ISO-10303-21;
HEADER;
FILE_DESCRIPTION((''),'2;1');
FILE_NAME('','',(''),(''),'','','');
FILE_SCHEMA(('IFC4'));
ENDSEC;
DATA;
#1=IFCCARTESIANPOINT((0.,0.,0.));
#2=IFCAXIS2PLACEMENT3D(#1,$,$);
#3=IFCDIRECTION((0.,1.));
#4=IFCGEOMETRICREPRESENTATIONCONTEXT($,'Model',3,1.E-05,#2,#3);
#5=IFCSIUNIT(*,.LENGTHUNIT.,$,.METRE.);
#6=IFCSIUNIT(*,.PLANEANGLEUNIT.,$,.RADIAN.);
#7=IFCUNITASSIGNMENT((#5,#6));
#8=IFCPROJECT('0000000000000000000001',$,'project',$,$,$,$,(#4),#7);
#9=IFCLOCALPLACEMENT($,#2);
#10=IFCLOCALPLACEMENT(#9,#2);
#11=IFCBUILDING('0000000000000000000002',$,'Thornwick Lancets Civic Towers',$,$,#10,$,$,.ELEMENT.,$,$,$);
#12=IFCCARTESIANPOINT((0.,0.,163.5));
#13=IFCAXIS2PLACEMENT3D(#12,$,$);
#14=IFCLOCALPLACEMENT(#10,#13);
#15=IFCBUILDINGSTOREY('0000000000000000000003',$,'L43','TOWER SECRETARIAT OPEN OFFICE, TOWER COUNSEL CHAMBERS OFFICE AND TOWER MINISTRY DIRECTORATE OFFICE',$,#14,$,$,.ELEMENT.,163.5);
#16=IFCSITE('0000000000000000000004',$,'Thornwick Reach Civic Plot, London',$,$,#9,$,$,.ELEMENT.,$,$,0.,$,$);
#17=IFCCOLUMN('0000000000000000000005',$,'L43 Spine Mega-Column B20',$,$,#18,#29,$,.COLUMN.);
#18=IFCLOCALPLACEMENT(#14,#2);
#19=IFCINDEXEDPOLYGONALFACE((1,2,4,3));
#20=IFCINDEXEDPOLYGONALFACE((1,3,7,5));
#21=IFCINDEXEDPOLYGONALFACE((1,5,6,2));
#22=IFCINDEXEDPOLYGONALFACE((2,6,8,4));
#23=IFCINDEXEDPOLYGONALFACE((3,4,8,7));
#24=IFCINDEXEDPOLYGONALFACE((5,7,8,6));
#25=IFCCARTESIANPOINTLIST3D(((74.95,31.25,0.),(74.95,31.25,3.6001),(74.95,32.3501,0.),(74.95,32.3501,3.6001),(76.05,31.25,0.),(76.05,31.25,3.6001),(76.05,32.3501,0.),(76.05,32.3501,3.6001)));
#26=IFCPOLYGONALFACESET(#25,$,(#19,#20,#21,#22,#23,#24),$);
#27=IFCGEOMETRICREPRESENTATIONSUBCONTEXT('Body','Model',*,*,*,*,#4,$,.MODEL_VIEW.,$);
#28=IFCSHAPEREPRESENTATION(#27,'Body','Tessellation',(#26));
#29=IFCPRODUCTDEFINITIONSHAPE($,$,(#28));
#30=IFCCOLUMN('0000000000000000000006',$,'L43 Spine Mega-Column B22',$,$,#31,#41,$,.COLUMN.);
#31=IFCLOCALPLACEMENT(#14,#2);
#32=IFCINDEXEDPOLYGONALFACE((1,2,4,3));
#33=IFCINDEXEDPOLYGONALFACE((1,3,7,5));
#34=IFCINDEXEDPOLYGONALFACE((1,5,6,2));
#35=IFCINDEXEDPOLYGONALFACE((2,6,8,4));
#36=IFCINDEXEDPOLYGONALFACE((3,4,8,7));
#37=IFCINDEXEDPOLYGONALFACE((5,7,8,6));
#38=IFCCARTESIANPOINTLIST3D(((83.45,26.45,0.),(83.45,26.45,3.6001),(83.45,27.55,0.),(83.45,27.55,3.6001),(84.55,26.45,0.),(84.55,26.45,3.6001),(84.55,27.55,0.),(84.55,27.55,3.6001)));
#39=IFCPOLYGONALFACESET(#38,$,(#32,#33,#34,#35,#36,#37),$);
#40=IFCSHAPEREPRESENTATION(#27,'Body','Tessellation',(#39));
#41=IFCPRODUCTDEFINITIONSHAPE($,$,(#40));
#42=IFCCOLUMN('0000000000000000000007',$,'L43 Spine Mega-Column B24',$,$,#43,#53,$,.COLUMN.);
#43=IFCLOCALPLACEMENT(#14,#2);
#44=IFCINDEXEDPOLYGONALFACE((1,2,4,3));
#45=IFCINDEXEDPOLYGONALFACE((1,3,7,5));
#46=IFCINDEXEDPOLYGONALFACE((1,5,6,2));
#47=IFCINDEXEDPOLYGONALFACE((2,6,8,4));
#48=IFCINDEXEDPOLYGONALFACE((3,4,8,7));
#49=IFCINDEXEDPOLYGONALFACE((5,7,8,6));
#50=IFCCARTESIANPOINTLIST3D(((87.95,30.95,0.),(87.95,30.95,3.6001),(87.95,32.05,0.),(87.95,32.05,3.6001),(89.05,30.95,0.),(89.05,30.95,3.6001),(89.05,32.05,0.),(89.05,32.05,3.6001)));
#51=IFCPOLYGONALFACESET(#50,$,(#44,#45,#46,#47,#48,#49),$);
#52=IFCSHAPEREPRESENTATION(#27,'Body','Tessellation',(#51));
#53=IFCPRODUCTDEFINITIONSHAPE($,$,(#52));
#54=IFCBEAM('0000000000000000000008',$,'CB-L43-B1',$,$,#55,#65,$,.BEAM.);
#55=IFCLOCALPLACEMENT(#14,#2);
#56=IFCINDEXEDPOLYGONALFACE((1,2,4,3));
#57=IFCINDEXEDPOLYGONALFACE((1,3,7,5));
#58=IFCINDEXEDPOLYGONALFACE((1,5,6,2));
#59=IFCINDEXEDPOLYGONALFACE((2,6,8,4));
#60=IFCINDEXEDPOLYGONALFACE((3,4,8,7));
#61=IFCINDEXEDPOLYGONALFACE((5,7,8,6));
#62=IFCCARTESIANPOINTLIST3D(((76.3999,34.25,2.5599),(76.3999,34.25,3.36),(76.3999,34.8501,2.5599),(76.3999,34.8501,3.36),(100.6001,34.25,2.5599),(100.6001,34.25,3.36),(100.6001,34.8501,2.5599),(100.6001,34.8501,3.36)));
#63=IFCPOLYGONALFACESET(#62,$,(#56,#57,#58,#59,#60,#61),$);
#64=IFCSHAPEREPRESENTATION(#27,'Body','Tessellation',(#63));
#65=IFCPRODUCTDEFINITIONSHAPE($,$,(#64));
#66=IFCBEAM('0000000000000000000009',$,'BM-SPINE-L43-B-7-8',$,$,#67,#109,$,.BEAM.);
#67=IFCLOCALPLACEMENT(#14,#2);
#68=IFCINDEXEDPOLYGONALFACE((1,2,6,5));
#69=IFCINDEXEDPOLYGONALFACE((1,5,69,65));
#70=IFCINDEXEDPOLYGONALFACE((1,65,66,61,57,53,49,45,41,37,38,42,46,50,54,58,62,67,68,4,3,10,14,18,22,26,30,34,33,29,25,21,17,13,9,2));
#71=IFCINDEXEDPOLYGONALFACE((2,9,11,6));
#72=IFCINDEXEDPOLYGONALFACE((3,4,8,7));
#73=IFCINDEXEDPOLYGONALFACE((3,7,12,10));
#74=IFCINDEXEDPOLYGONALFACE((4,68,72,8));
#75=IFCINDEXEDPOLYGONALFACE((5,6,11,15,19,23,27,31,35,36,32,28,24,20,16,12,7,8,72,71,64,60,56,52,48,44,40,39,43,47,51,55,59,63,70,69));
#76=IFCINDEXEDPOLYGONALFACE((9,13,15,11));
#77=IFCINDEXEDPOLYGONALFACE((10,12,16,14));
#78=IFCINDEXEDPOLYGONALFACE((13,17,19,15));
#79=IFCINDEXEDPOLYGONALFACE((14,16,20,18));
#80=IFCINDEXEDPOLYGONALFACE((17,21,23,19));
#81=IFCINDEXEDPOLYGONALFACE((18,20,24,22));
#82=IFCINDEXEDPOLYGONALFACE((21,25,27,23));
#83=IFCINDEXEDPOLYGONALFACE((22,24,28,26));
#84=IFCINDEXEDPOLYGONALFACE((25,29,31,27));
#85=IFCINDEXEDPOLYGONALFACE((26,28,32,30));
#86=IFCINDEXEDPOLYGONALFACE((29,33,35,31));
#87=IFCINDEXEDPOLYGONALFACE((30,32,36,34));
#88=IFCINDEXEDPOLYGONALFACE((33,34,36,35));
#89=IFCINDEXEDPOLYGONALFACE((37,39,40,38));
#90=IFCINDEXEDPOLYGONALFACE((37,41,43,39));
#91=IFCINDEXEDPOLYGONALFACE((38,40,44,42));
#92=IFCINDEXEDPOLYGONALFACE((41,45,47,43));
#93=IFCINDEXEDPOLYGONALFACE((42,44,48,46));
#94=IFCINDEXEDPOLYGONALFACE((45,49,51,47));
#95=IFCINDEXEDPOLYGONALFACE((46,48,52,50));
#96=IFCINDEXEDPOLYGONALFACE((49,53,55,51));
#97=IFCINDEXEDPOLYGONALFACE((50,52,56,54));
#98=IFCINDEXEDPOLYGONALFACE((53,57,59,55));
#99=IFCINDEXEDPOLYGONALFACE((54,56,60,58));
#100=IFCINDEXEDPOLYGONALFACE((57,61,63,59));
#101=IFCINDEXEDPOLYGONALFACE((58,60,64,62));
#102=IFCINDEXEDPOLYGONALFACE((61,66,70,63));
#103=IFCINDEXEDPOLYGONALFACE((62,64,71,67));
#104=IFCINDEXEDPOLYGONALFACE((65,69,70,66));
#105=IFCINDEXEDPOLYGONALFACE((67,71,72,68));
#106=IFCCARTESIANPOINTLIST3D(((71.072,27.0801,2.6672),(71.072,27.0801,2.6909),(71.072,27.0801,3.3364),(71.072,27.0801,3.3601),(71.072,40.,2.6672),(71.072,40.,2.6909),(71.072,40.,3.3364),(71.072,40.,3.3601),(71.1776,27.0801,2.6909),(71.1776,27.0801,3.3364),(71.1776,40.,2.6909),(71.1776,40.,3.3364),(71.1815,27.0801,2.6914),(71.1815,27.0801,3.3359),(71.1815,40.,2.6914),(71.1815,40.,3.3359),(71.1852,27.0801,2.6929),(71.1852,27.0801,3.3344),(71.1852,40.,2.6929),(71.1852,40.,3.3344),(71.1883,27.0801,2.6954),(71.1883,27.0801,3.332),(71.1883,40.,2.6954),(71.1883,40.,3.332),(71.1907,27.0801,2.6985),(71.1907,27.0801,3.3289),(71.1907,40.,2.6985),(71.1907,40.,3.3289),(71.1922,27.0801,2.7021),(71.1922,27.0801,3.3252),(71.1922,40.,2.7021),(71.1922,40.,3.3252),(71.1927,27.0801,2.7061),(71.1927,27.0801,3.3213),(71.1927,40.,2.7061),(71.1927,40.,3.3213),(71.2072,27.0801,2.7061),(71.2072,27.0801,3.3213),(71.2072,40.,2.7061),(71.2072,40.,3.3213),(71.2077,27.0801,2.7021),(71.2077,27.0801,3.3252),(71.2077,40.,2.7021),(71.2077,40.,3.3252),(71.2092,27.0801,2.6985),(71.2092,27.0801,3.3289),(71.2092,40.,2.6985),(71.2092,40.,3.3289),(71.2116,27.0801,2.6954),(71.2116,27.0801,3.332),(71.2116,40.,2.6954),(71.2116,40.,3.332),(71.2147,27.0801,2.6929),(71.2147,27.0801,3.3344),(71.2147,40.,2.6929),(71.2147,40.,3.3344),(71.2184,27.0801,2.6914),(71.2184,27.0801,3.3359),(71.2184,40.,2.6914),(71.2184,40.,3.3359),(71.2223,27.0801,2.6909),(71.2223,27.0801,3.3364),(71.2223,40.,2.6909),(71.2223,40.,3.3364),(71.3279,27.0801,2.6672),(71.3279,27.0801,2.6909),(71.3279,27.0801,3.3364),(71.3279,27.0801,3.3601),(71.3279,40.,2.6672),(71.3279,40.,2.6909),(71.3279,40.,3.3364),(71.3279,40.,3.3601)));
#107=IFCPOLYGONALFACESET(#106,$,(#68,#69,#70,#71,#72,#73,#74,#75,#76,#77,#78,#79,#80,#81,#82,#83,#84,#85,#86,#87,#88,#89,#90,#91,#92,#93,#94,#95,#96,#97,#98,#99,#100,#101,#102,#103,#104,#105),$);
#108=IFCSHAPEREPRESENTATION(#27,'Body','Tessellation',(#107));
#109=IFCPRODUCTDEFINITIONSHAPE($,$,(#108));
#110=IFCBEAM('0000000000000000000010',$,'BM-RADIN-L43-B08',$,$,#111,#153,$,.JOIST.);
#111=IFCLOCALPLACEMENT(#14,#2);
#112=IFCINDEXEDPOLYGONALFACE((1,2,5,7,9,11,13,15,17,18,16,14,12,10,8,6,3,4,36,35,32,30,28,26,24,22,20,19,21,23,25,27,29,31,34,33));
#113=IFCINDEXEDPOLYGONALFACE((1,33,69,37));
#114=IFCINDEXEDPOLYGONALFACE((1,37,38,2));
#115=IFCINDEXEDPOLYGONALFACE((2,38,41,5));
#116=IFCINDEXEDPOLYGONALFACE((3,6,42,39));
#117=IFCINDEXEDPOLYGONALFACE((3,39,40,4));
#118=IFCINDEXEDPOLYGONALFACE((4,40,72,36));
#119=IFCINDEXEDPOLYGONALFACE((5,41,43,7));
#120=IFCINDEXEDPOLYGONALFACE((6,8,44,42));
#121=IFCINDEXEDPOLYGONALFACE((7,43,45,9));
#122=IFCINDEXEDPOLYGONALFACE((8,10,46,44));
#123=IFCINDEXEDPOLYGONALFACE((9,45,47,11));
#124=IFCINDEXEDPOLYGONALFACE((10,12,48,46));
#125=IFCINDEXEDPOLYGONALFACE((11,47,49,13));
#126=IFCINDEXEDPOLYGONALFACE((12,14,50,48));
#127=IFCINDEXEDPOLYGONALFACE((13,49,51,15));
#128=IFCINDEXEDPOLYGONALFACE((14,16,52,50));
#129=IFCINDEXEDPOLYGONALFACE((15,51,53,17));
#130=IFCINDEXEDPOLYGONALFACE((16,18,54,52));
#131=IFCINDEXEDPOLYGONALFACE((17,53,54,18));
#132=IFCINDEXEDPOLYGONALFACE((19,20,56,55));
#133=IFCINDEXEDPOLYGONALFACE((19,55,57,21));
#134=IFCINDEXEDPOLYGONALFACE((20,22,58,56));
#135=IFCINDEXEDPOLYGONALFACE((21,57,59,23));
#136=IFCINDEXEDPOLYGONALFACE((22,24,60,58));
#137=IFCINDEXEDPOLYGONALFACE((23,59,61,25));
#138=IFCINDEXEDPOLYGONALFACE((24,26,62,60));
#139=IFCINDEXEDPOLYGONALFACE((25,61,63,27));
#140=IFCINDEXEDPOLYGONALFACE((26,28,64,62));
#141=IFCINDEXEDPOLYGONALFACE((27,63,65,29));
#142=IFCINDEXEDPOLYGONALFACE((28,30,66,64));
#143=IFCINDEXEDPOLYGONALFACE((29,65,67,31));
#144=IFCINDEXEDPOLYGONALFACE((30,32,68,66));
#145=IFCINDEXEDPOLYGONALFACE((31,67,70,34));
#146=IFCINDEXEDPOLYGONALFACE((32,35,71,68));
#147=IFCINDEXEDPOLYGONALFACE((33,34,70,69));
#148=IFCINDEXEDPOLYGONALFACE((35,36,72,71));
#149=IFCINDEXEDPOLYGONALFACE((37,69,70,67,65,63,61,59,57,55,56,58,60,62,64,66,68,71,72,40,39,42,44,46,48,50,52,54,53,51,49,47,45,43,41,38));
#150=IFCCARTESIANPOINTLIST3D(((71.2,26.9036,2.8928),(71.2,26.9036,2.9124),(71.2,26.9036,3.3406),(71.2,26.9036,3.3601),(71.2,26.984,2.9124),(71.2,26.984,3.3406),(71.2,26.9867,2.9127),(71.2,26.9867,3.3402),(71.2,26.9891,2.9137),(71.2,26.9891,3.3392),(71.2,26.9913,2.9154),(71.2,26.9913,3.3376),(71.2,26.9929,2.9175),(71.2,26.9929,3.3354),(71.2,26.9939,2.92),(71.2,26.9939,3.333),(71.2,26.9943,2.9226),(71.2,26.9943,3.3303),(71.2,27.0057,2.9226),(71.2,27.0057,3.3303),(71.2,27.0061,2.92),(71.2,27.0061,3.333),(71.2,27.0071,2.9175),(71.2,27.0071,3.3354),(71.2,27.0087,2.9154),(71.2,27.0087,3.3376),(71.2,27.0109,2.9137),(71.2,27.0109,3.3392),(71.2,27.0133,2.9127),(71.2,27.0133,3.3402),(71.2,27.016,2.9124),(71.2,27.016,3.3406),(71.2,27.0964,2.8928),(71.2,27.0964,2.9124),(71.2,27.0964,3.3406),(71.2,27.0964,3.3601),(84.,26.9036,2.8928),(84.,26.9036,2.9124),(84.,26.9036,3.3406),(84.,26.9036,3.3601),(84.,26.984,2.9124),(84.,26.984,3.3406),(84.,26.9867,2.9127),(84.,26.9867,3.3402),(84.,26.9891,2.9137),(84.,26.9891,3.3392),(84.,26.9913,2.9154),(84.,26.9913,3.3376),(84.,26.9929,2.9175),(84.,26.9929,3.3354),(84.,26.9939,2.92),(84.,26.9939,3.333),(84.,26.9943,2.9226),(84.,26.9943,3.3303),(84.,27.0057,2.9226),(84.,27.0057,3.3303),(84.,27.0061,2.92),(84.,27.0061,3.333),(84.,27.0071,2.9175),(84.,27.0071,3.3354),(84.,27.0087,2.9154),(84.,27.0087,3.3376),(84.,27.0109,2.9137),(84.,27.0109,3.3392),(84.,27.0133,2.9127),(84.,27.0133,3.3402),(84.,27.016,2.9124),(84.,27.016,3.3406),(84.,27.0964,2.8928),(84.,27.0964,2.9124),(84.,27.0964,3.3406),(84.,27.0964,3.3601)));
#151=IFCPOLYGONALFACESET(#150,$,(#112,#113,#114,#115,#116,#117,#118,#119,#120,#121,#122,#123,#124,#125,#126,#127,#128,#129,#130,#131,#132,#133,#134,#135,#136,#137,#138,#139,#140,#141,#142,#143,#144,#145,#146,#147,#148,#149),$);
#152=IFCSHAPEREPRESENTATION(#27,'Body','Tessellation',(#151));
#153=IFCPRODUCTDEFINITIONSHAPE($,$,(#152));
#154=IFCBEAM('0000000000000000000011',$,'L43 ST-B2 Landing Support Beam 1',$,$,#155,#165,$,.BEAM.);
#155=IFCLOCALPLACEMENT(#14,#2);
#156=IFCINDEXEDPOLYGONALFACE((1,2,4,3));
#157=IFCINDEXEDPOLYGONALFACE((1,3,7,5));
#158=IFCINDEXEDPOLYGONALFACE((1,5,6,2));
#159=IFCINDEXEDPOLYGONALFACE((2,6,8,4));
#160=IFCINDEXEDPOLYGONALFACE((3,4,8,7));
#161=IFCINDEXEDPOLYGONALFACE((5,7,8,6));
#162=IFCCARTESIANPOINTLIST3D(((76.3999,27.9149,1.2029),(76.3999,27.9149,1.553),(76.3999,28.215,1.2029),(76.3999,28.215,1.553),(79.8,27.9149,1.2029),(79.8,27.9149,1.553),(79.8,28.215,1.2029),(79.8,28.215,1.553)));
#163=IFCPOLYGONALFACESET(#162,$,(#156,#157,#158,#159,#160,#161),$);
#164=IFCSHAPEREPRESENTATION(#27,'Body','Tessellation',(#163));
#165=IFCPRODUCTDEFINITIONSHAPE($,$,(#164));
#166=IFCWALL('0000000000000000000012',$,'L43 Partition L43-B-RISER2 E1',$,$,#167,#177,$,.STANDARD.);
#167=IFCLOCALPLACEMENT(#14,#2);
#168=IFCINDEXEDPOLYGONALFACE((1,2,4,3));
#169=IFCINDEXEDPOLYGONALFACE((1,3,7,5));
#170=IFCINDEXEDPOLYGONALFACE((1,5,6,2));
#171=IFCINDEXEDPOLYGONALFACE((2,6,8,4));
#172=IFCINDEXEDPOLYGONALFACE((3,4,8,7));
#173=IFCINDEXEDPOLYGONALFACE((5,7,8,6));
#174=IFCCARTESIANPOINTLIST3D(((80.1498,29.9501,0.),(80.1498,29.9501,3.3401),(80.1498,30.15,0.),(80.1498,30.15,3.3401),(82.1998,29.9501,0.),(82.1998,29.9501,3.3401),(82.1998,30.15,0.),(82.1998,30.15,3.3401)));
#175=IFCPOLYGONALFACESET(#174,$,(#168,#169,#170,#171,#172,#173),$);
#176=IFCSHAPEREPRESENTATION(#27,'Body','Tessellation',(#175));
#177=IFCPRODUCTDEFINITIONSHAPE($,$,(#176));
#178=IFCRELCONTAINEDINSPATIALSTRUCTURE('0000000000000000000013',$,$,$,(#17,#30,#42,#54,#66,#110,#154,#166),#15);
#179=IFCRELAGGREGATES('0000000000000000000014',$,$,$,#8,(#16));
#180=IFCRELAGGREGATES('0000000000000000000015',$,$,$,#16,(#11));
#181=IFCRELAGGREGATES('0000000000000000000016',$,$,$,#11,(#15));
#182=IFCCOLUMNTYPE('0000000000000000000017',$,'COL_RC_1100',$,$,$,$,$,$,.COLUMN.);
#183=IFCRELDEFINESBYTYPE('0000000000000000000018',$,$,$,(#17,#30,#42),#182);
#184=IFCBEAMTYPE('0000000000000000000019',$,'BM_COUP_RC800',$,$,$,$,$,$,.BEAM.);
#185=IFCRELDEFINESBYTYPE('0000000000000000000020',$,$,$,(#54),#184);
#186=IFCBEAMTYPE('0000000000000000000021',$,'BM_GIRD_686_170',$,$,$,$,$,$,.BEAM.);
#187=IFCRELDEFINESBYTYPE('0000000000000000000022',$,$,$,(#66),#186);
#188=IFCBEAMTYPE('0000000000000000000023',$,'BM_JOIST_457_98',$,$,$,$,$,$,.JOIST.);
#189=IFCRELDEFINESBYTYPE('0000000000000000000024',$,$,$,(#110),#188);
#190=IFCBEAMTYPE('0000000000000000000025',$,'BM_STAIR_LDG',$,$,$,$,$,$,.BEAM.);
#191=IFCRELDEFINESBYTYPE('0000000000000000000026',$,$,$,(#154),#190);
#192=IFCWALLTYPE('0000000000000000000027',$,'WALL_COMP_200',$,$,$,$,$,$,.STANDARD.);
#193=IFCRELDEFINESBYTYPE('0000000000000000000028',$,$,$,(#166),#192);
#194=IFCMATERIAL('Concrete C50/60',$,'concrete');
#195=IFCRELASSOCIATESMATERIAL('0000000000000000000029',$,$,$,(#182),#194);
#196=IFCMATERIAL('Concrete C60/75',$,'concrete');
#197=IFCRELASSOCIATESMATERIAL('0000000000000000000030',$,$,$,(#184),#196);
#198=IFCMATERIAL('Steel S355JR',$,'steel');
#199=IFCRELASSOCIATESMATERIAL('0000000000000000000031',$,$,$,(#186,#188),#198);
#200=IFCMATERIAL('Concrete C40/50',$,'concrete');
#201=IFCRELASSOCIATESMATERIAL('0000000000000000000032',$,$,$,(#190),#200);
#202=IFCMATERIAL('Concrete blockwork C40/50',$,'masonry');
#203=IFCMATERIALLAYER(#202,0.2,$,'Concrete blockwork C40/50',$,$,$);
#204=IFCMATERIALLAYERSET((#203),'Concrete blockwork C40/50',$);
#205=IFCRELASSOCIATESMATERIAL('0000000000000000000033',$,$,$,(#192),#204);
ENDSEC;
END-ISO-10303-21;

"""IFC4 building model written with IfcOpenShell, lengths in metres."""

from ifc_helpers import new_model, si_unit, direction, frame, frame_2d, origin, origin_2d, place, context, subcontext, project, spatial, rectangle, i_section, extrude, material, layer, layer_set, material_profile, profile_set, type_object, element, save


model = new_model("IFC4")

# Units and contexts
model_context = context("Model", 3, precision=1e-05, world=origin(), true_north=direction((0.0, 1.0)))
body_context = subcontext(model_context, "Body", "Model", "MODEL_VIEW")
ifc_project = project(units=[si_unit("LENGTHUNIT", "METRE"), si_unit("PLANEANGLEUNIT", "RADIAN")], contexts=[model_context])

# Site, building, storey
site_placement = place(None, origin())
site = spatial("IfcSite", under=ifc_project, at=site_placement, Name="Thornwick Reach Civic Plot, London", CompositionType="ELEMENT", RefElevation=0.0)
building_placement = place(site_placement, origin())
building = spatial("IfcBuilding", under=site, at=building_placement, Name="Thornwick Lancets Civic Towers", CompositionType="ELEMENT")
storey_placement = place(building_placement, frame((0.0, 0.0, 163.5)))
storey = spatial("IfcBuildingStorey", under=building, at=storey_placement, Name="L43", Description="TOWER SECRETARIAT OPEN OFFICE, TOWER COUNSEL CHAMBERS OFFICE AND TOWER MINISTRY DIRECTORATE OFFICE", CompositionType="ELEMENT", Elevation=163.5)

# Columns
ifc_material_1 = material(Name="Concrete C50/60", Category="concrete")
ifc_material_profile_1 = material_profile(ifc_material_1, rectangle(XDim=1.1001, YDim=1.1001, at=origin_2d()), Name="RC 1100x1100")
ifc_profile_set_1 = profile_set([ifc_material_profile_1], Name="Concrete C50/60")
column_type = type_object("IfcColumnType", Name="COL_RC_1100", PredefinedType="COLUMN", material=ifc_profile_set_1)
for number, where, z_axis, x_axis, name in (
    (1, (75.5, 31.8, 0.0), (0.0, 0.0, 1.0), (1.0, 0.0, 0.0), "L43 Spine Mega-Column B20"),
    (2, (84.0, 27.0, 0.0), (0.0, 0.0, 1.0), (1.0, 0.0, 0.0), "L43 Spine Mega-Column B22"),
    (3, (88.5, 31.5, 0.0), (0.0, 0.0, 1.0), (1.0, 0.0, 0.0), "L43 Spine Mega-Column B24"),
):
    element("IfcColumn", number, at=place(storey_placement, frame(where, z_axis=z_axis, x_axis=x_axis)), inside=storey, type_object=column_type, Name=name, PredefinedType="COLUMN", context=body_context, shape_type="SweptSolid", body=[
        extrude(rectangle(XDim=1.1001, YDim=1.1001, at=origin_2d()), origin(), (0.0, 0.0, 1.0), 3.6001),
    ])

# Beams
ifc_material_2 = material(Name="Concrete C60/75", Category="concrete")
ifc_material_profile_2 = material_profile(ifc_material_2, rectangle(XDim=0.6001, YDim=0.8, at=origin_2d()), Name="RC 600x800")
ifc_profile_set_2 = profile_set([ifc_material_profile_2], Name="Concrete C60/75")
beam_type_1 = type_object("IfcBeamType", Name="BM_COUP_RC800", PredefinedType="BEAM", material=ifc_profile_set_2)
beam_1_placement = place(storey_placement, frame((76.3999, 34.55, 2.96), z_axis=(1.0, 0.0, 0.0), x_axis=(0.0, 1.0, 0.0)))
element("IfcBeam", 4, at=beam_1_placement, inside=storey, type_object=beam_type_1, Name="CB-L43-B1", PredefinedType="BEAM", context=body_context, shape_type="SweptSolid", body=[
    extrude(rectangle(XDim=0.6001, YDim=0.8, at=origin_2d()), origin(), (0.0, 0.0, 1.0), 24.2002),
])
ifc_material_3 = material(Name="Steel S355JR", Category="steel")
ifc_material_profile_3 = material_profile(ifc_material_3, i_section(OverallWidth=0.2559, OverallDepth=0.6929, WebThickness=0.0144, FlangeThickness=0.0237, FilletRadius=0.0151, at=origin_2d()), Name="UKB 686x254x170")
ifc_profile_set_3 = profile_set([ifc_material_profile_3], Name="Steel S355JR")
beam_type_2 = type_object("IfcBeamType", Name="BM_GIRD_686_170", PredefinedType="BEAM", material=ifc_profile_set_3)
beam_2_placement = place(storey_placement, frame((71.2, 27.0801, 3.0137), z_axis=(0.0, 1.0, 0.0), x_axis=(-1.0, 0.0, 0.0)))
element("IfcBeam", 5, at=beam_2_placement, inside=storey, type_object=beam_type_2, Name="BM-SPINE-L43-B-7-8", PredefinedType="BEAM", context=body_context, shape_type="SweptSolid", body=[
    extrude(i_section(OverallWidth=0.2559, OverallDepth=0.6929, WebThickness=0.0144, FlangeThickness=0.0237, FilletRadius=0.0151, at=origin_2d()), origin(), (0.0, 0.0, 1.0), 12.9199),
])
ifc_material_profile_4 = material_profile(ifc_material_3, i_section(OverallWidth=0.1929, OverallDepth=0.4673, WebThickness=0.0115, FlangeThickness=0.0195, FilletRadius=0.0103, at=origin_2d()), Name="UKB 457x191x98")
ifc_profile_set_4 = profile_set([ifc_material_profile_4], Name="Steel S355JR")
beam_type_3 = type_object("IfcBeamType", Name="BM_JOIST_457_98", PredefinedType="JOIST", material=ifc_profile_set_4)
beam_3_placement = place(storey_placement, frame((84.0, 27.0, 3.1265), z_axis=(-1.0, 0.0, 0.0), x_axis=(0.0, -1.0, 0.0)))
element("IfcBeam", 6, at=beam_3_placement, inside=storey, type_object=beam_type_3, Name="BM-RADIN-L43-B08", PredefinedType="JOIST", context=body_context, shape_type="SweptSolid", body=[
    extrude(i_section(OverallWidth=0.1929, OverallDepth=0.4673, WebThickness=0.0115, FlangeThickness=0.0195, FilletRadius=0.0103, at=origin_2d()), origin(), (0.0, 0.0, 1.0), 12.8),
])
ifc_material_4 = material(Name="Concrete C40/50", Category="concrete")
ifc_material_profile_5 = material_profile(ifc_material_4, rectangle(XDim=0.3, YDim=0.3501, at=origin_2d()), Name="RC 300x350")
ifc_profile_set_5 = profile_set([ifc_material_profile_5], Name="Concrete C40/50")
beam_type_4 = type_object("IfcBeamType", Name="BM_STAIR_LDG", PredefinedType="BEAM", material=ifc_profile_set_5)
beam_4_placement = place(storey_placement, frame((76.3999, 28.0649, 1.3779), z_axis=(1.0, 0.0, 0.0), x_axis=(0.0, 1.0, 0.0)))
element("IfcBeam", 7, at=beam_4_placement, inside=storey, type_object=beam_type_4, Name="L43 ST-B2 Landing Support Beam 1", PredefinedType="BEAM", context=body_context, shape_type="SweptSolid", body=[
    extrude(rectangle(XDim=0.3, YDim=0.3501, at=origin_2d()), origin(), (0.0, 0.0, 1.0), 3.4001),
])

# Wall
ifc_material_5 = material(Name="Concrete blockwork C40/50", Category="masonry")
ifc_layer_1 = layer(ifc_material_5, 0.2, Name="Concrete blockwork C40/50")
ifc_layer_set_1 = layer_set([ifc_layer_1], Name="Concrete blockwork C40/50")
wall_type_1 = type_object("IfcWallType", Name="WALL_COMP_200", PredefinedType="STANDARD", material=ifc_layer_set_1)
wall_1_placement = place(storey_placement, frame((80.1499, 30.05, 0.0), z_axis=(0.0, 0.0, 1.0), x_axis=(1.0, 0.0, 0.0)))
element("IfcWall", 8, at=wall_1_placement, inside=storey, type_object=wall_type_1, Name="L43 Partition L43-B-RISER2 E1", PredefinedType="STANDARD", context=body_context, shape_type="SweptSolid", body=[
    extrude(rectangle(XDim=2.05, YDim=0.2, at=frame_2d((1.0249, 0.0))), origin(), (0.0, 0.0, 1.0), 3.3401),
])

save(model, "model.ifc")
